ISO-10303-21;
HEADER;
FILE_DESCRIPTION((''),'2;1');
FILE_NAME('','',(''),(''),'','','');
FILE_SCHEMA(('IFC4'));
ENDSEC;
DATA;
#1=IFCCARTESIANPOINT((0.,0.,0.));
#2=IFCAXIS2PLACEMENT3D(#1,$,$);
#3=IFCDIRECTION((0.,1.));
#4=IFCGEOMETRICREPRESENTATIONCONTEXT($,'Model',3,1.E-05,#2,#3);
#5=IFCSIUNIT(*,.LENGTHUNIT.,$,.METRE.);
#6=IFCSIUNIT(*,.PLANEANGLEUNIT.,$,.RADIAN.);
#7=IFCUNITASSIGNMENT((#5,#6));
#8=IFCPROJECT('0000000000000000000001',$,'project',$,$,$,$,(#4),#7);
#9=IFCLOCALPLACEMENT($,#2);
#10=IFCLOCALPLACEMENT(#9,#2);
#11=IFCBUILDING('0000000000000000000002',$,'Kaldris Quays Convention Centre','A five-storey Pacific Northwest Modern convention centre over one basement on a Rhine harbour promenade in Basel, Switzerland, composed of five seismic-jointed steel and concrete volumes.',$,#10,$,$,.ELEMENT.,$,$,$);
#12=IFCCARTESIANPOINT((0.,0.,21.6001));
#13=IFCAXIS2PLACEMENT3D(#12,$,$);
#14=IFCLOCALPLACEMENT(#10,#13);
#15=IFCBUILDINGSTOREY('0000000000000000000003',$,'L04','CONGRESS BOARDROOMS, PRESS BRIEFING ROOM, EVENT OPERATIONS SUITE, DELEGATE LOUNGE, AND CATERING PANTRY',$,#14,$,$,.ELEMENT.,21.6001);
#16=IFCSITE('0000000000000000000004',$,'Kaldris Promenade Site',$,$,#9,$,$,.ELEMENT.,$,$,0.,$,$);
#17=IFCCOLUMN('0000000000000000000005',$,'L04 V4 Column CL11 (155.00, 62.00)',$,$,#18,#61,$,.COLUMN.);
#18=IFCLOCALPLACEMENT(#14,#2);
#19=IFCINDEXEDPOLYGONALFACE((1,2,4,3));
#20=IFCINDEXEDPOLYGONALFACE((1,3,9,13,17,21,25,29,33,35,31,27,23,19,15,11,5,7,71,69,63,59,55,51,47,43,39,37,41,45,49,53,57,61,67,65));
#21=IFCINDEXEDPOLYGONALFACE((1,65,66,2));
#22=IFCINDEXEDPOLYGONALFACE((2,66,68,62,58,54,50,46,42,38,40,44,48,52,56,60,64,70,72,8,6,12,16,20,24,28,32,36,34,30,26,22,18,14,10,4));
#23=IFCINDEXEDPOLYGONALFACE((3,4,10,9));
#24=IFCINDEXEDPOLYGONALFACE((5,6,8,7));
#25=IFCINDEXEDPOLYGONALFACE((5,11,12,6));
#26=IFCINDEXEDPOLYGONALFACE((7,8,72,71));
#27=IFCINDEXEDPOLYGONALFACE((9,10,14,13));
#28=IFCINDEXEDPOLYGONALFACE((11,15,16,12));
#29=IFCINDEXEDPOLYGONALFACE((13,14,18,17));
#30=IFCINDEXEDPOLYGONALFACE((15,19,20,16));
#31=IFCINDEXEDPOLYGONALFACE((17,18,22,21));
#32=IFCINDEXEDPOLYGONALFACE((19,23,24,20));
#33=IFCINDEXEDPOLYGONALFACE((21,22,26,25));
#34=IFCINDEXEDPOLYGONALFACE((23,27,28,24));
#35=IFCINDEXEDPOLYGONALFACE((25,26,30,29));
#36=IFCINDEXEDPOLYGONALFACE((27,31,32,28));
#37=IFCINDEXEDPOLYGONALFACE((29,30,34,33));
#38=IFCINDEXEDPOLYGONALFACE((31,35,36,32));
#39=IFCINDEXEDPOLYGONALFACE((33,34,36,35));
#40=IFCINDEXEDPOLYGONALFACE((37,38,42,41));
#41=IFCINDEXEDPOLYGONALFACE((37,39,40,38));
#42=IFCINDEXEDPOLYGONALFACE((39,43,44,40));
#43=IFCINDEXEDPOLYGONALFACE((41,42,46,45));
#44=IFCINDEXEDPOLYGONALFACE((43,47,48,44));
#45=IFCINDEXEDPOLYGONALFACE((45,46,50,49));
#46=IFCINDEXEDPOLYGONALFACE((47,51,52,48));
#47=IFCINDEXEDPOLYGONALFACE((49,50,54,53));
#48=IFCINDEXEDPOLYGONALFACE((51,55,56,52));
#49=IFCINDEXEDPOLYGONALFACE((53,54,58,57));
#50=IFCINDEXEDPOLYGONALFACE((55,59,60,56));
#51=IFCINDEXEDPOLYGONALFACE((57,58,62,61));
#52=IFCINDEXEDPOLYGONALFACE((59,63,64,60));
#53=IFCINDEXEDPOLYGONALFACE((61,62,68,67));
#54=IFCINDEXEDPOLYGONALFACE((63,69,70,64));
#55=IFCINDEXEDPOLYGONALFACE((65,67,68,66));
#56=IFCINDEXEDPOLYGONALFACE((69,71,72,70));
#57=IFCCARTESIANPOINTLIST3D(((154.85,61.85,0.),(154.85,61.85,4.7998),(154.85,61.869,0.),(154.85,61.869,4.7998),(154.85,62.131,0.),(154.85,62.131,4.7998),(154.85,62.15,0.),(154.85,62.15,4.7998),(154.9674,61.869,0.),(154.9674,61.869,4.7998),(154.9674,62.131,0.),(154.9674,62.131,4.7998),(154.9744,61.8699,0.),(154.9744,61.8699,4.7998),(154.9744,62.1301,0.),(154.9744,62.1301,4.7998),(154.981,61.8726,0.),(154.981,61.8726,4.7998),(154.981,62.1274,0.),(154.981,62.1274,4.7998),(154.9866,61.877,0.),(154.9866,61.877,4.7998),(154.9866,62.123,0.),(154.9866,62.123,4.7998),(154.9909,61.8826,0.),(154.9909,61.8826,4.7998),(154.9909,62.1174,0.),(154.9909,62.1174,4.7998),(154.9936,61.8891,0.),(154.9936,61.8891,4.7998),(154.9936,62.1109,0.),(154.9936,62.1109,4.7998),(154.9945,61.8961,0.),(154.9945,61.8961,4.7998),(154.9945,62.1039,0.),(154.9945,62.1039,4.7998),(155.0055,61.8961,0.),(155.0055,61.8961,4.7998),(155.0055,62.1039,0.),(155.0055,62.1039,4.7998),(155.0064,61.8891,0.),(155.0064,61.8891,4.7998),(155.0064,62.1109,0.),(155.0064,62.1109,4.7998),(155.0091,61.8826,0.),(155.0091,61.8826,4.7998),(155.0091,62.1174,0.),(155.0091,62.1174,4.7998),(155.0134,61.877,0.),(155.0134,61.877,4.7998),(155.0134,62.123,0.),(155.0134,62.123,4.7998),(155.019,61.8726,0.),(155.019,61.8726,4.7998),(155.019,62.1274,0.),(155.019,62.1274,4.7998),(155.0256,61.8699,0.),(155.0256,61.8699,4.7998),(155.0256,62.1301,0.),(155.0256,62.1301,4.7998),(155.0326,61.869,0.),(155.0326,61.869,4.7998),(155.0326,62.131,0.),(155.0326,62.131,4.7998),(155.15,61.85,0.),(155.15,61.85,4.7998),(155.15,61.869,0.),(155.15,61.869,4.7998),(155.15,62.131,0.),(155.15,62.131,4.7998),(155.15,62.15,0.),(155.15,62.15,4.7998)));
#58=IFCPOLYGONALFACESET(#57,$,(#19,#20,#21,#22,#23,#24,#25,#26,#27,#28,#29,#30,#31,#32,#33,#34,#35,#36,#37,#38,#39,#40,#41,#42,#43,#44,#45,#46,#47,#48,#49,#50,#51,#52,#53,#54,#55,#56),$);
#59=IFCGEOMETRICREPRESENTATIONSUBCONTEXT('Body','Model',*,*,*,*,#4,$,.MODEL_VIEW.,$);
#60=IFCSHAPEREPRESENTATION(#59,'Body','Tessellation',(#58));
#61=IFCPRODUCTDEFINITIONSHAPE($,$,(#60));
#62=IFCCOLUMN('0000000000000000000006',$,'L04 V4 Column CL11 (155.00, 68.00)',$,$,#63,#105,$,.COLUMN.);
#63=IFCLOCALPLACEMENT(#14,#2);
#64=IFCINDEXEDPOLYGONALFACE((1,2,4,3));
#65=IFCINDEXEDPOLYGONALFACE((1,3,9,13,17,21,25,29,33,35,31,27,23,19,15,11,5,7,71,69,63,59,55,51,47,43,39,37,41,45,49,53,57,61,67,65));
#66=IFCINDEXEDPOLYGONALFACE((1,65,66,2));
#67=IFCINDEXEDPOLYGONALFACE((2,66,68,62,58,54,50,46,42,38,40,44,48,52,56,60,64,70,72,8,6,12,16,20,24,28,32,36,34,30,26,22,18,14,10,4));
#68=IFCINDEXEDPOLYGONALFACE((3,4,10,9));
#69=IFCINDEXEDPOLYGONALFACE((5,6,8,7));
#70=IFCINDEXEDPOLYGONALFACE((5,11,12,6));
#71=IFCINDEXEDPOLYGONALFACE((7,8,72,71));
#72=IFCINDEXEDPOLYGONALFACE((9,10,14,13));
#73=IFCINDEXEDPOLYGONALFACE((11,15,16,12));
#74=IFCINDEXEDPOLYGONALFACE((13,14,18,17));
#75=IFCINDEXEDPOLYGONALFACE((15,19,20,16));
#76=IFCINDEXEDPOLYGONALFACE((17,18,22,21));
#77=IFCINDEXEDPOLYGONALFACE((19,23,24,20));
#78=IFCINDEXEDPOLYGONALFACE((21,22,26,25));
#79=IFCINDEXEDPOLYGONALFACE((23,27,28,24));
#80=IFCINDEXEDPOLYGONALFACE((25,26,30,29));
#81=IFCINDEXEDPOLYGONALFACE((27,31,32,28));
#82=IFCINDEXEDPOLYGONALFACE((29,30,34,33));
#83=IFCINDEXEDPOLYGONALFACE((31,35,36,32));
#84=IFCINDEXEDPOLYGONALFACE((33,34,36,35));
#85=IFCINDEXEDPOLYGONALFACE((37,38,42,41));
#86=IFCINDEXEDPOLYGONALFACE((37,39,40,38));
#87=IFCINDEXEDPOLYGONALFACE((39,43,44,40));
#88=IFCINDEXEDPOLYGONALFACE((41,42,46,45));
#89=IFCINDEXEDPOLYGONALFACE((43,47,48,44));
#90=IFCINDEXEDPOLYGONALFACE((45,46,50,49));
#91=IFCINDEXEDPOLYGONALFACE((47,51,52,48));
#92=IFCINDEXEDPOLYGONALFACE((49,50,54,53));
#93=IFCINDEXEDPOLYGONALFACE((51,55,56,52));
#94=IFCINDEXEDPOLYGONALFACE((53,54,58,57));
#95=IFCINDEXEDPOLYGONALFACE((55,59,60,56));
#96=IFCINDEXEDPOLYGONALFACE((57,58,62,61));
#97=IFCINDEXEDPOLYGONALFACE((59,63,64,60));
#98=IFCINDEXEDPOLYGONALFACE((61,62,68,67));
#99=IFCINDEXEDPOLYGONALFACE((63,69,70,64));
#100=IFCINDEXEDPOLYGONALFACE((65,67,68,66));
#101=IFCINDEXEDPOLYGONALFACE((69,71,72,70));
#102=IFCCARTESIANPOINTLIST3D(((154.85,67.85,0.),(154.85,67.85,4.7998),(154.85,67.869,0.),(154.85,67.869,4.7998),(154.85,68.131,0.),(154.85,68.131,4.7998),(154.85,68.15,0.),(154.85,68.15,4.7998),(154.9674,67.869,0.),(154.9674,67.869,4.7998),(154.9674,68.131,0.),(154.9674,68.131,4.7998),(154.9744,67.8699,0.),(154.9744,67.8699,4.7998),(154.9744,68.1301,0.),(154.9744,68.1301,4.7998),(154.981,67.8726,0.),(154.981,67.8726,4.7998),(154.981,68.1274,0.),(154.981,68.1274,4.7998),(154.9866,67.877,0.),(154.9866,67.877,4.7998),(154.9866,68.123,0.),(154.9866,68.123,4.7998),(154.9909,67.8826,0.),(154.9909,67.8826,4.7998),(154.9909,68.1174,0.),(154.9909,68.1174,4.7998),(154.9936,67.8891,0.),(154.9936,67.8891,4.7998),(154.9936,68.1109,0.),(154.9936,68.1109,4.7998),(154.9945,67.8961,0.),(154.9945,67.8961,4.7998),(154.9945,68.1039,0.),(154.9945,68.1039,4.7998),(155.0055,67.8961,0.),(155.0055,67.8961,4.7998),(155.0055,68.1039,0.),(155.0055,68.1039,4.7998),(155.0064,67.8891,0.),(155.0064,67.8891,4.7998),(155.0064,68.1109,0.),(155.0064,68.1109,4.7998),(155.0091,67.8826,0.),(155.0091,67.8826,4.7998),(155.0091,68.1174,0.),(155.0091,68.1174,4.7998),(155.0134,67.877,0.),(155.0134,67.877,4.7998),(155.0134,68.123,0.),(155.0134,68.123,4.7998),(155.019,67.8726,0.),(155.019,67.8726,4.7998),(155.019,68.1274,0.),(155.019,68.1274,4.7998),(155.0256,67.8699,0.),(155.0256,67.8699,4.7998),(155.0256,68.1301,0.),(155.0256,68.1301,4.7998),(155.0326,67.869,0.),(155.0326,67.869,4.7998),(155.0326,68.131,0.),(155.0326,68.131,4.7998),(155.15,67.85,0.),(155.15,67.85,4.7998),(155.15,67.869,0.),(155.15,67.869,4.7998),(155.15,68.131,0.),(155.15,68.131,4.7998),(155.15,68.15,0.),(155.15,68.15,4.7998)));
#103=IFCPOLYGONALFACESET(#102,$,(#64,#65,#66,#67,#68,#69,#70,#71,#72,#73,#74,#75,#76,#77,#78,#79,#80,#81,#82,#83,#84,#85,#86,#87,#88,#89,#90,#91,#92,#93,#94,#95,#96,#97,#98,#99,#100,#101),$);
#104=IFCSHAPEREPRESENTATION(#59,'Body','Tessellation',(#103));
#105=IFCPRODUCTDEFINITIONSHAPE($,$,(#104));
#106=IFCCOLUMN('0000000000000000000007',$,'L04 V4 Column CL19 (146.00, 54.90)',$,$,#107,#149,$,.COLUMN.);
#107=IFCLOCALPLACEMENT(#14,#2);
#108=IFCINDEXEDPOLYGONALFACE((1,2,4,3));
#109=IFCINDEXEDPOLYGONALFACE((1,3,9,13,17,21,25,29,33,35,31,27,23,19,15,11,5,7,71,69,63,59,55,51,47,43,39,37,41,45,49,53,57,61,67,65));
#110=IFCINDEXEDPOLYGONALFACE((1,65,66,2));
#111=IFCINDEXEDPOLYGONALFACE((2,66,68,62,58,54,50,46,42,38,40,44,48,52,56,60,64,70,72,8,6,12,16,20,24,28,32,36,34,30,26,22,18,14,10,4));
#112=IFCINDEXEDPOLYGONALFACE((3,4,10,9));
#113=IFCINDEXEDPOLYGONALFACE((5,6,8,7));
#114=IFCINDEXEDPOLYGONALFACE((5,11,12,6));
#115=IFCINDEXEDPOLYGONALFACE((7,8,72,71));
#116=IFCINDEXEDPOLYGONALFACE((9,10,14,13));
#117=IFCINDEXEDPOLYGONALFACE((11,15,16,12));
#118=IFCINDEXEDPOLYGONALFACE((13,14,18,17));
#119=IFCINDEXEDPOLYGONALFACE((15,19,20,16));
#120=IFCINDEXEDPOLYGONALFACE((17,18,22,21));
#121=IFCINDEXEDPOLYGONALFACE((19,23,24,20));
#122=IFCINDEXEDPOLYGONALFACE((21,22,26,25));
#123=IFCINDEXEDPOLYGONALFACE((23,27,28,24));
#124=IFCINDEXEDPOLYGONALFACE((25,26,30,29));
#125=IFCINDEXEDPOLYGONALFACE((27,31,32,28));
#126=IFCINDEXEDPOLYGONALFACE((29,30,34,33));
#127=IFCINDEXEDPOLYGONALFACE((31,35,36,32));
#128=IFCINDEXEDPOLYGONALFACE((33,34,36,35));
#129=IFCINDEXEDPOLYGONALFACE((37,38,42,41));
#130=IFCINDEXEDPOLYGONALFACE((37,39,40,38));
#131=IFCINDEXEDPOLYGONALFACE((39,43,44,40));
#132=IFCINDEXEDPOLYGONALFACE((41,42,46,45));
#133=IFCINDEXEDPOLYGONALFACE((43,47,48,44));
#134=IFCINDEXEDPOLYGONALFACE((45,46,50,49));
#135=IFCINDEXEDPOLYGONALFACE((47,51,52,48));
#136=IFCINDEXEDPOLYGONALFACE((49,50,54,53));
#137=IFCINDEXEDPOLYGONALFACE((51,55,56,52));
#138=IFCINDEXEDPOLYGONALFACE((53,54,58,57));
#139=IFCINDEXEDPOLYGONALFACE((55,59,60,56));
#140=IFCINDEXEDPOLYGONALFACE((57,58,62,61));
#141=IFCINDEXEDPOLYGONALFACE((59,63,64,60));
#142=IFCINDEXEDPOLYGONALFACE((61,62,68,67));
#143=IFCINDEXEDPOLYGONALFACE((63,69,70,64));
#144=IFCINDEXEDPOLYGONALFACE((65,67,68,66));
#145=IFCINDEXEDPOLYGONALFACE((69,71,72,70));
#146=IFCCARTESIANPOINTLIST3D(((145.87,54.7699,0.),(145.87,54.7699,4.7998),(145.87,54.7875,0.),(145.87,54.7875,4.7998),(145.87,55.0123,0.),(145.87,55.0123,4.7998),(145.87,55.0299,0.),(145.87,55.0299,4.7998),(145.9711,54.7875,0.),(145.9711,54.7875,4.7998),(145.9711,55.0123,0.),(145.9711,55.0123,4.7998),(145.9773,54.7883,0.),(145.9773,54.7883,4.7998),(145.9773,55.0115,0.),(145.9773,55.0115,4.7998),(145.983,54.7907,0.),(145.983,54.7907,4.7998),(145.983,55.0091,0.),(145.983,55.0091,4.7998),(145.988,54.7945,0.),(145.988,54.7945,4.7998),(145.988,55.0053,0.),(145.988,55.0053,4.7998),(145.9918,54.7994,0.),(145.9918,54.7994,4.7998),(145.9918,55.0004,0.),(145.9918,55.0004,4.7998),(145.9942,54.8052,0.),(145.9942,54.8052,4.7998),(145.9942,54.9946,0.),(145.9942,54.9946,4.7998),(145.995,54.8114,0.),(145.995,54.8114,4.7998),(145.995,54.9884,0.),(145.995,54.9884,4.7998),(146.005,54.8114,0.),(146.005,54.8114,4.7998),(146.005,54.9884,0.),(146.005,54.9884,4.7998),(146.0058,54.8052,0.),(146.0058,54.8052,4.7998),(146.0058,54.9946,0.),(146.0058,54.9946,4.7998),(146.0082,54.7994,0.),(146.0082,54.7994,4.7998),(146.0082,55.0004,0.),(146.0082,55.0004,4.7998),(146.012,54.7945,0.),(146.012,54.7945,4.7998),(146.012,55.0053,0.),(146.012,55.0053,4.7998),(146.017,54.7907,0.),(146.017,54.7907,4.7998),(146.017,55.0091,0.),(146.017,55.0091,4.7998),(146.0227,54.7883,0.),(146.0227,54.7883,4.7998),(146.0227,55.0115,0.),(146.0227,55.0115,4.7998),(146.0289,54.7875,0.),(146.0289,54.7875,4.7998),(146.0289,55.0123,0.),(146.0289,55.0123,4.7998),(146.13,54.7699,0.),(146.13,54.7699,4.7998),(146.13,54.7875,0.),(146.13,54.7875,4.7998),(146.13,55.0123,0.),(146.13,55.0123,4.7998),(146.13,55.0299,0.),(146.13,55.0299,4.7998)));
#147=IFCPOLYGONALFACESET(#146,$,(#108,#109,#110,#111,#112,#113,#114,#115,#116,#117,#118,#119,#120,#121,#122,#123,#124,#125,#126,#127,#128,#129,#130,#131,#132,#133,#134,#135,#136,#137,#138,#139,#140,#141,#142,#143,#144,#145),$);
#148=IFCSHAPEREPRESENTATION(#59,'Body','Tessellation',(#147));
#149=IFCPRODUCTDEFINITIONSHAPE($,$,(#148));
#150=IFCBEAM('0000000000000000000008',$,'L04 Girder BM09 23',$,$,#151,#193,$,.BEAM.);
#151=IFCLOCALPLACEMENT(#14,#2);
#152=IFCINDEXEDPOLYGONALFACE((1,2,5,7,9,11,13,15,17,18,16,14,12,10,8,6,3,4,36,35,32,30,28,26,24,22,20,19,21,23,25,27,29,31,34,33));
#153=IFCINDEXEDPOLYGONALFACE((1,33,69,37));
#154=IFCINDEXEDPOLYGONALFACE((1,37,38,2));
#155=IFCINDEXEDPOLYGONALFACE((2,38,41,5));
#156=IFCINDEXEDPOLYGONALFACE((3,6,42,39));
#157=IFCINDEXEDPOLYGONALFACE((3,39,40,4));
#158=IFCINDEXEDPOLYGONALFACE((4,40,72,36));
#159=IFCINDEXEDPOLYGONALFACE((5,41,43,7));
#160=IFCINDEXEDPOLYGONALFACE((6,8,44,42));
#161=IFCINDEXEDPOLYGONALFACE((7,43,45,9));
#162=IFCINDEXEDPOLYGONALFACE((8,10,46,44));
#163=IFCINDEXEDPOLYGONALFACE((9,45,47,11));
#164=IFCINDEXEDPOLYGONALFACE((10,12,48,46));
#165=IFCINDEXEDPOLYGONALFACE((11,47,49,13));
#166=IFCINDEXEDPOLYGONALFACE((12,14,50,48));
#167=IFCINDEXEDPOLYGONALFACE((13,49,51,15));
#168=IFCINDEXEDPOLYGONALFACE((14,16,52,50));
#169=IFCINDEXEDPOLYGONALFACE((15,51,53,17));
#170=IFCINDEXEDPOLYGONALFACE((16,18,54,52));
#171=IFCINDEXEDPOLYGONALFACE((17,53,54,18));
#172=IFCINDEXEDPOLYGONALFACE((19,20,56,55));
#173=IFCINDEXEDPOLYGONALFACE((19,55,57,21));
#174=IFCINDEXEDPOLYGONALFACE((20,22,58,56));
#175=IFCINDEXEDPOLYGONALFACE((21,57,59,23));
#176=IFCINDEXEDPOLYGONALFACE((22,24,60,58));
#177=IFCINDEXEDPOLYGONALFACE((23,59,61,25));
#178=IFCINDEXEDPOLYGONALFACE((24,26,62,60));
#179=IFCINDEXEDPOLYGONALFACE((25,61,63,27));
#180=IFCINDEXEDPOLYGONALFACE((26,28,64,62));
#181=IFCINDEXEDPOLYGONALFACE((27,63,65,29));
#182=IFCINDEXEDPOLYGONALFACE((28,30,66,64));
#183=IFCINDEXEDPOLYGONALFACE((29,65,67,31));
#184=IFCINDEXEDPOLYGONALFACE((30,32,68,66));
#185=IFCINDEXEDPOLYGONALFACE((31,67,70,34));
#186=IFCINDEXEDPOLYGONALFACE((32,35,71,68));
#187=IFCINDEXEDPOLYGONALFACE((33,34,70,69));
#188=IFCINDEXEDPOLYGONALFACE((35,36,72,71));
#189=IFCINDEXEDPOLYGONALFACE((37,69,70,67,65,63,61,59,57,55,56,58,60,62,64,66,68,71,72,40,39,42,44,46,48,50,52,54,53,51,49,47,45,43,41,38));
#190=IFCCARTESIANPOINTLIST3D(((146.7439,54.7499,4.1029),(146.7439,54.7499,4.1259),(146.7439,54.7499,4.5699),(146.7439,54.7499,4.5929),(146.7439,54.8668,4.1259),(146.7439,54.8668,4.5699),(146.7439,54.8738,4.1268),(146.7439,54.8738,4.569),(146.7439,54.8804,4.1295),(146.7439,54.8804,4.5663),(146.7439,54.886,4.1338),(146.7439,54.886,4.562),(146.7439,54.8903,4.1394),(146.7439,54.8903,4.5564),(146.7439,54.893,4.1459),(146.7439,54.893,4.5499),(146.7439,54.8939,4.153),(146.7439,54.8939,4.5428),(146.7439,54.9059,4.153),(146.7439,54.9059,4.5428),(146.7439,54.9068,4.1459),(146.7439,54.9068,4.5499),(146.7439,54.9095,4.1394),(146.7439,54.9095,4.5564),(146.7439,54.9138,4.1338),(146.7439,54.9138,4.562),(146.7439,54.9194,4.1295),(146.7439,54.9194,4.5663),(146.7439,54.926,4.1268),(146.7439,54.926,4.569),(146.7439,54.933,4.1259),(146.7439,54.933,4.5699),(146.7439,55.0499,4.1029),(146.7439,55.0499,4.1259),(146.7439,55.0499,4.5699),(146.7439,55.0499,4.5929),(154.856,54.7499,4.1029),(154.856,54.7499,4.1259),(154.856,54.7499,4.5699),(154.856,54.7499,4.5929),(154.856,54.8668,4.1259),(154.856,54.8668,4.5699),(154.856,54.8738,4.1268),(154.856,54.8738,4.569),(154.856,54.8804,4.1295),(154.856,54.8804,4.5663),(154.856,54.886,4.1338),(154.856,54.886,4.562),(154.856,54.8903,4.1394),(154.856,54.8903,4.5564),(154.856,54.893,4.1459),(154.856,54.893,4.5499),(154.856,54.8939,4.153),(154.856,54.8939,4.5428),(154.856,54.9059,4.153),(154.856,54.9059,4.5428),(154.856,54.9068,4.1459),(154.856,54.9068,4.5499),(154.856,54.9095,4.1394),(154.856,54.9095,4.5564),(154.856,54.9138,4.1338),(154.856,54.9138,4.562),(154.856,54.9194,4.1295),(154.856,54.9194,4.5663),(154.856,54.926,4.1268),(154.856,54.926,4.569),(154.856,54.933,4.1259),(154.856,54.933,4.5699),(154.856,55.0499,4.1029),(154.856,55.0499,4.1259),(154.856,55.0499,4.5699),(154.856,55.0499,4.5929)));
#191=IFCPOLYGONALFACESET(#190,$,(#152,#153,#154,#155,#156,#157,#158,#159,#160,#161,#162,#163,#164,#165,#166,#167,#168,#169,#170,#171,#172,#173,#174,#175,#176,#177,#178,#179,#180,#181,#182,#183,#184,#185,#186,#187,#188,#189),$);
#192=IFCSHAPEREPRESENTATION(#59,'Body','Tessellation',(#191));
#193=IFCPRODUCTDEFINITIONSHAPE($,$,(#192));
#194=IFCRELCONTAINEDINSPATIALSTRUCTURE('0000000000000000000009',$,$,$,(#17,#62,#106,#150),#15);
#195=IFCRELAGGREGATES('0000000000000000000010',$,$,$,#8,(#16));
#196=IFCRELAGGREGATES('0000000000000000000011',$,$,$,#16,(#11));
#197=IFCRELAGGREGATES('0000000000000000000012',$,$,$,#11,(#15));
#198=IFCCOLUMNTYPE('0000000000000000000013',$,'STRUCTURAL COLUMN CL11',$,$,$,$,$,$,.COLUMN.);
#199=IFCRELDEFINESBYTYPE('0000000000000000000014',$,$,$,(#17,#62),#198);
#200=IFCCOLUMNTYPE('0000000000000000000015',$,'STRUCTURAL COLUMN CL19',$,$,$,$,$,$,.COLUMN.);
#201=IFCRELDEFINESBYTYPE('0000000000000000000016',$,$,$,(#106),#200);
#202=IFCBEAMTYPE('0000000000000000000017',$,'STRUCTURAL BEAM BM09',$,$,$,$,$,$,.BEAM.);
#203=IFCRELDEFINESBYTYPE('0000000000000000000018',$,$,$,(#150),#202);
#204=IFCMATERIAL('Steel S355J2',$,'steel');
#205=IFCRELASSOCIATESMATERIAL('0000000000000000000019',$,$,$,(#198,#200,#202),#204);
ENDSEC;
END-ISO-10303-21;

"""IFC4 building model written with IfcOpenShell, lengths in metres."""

from ifc_helpers import new_model, si_unit, direction, frame, origin, origin_2d, place, context, subcontext, project, spatial, i_section, extrude, material, material_profile, profile_set, type_object, element, save


model = new_model("IFC4")

# Units and contexts
model_context = context("Model", 3, precision=1e-05, world=origin(), true_north=direction((0.0, 1.0)))
body_context = subcontext(model_context, "Body", "Model", "MODEL_VIEW")
ifc_project = project(units=[si_unit("LENGTHUNIT", "METRE"), si_unit("PLANEANGLEUNIT", "RADIAN")], contexts=[model_context])

# Site, building, storey
site_placement = place(None, origin())
site = spatial("IfcSite", under=ifc_project, at=site_placement, Name="Kaldris Promenade Site", CompositionType="ELEMENT", RefElevation=0.0)
building_placement = place(site_placement, origin())
building = spatial("IfcBuilding", under=site, at=building_placement, Name="Kaldris Quays Convention Centre", Description="A five-storey Pacific Northwest Modern convention centre over one basement on a Rhine harbour promenade in Basel, Switzerland, composed of five seismic-jointed steel and concrete volumes.", CompositionType="ELEMENT")
storey_placement = place(building_placement, frame((0.0, 0.0, 21.6001)))
storey = spatial("IfcBuildingStorey", under=building, at=storey_placement, Name="L04", Description="CONGRESS BOARDROOMS, PRESS BRIEFING ROOM, EVENT OPERATIONS SUITE, DELEGATE LOUNGE, AND CATERING PANTRY", CompositionType="ELEMENT", Elevation=21.6001)

# Columns
ifc_material_1 = material(Name="Steel S355J2", Category="steel")
ifc_material_profile_1 = material_profile(ifc_material_1, i_section(OverallWidth=0.3, OverallDepth=0.3, WebThickness=0.011, FlangeThickness=0.019, FilletRadius=0.0271, at=origin_2d()), Name="HEB 300")
ifc_profile_set_1 = profile_set([ifc_material_profile_1], Name="Steel S355J2")
column_type_1 = type_object("IfcColumnType", Name="STRUCTURAL COLUMN CL11", PredefinedType="COLUMN", material=ifc_profile_set_1)
for number, where, z_axis, x_axis, name in (
    (1, (155.0, 62.0, 0.0), (0.0, 0.0, 1.0), (1.0, 0.0, 0.0), "L04 V4 Column CL11 (155.00, 62.00)"),
    (2, (155.0, 68.0, 0.0), (0.0, 0.0, 1.0), (1.0, 0.0, 0.0), "L04 V4 Column CL11 (155.00, 68.00)"),
):
    element("IfcColumn", number, at=place(storey_placement, frame(where, z_axis=z_axis, x_axis=x_axis)), inside=storey, type_object=column_type_1, Name=name, PredefinedType="COLUMN", context=body_context, shape_type="SweptSolid", body=[
        extrude(i_section(OverallWidth=0.3, OverallDepth=0.3, WebThickness=0.011, FlangeThickness=0.019, FilletRadius=0.0271, at=origin_2d()), origin(), (0.0, 0.0, 1.0), 4.7998),
    ])
ifc_material_profile_2 = material_profile(ifc_material_1, i_section(OverallWidth=0.26, OverallDepth=0.26, WebThickness=0.01, FlangeThickness=0.0176, FilletRadius=0.0239, at=origin_2d()), Name="HEB 260")
ifc_profile_set_2 = profile_set([ifc_material_profile_2], Name="Steel S355J2")
column_type_2 = type_object("IfcColumnType", Name="STRUCTURAL COLUMN CL19", PredefinedType="COLUMN", material=ifc_profile_set_2)
column_placement = place(storey_placement, frame((146.0, 54.8999, 0.0), z_axis=(0.0, 0.0, 1.0), x_axis=(1.0, 0.0, 0.0)))
element("IfcColumn", 3, at=column_placement, inside=storey, type_object=column_type_2, Name="L04 V4 Column CL19 (146.00, 54.90)", PredefinedType="COLUMN", context=body_context, shape_type="SweptSolid", body=[
    extrude(i_section(OverallWidth=0.26, OverallDepth=0.26, WebThickness=0.01, FlangeThickness=0.0176, FilletRadius=0.0239, at=origin_2d()), origin(), (0.0, 0.0, 1.0), 4.7998),
])

# Beam
ifc_material_profile_3 = material_profile(ifc_material_1, i_section(OverallWidth=0.3, OverallDepth=0.49, WebThickness=0.012, FlangeThickness=0.0229, FilletRadius=0.0271, at=origin_2d()), Name="HEA 500")
ifc_profile_set_3 = profile_set([ifc_material_profile_3], Name="Steel S355J2")
beam_type_1 = type_object("IfcBeamType", Name="STRUCTURAL BEAM BM09", PredefinedType="BEAM", material=ifc_profile_set_3)
beam_1_placement = place(storey_placement, frame((146.7439, 54.8999, 4.3479), z_axis=(1.0, 0.0, 0.0), x_axis=(0.0, 1.0, 0.0)))
element("IfcBeam", 4, at=beam_1_placement, inside=storey, type_object=beam_type_1, Name="L04 Girder BM09 23", PredefinedType="BEAM", context=body_context, shape_type="SweptSolid", body=[
    extrude(i_section(OverallWidth=0.3, OverallDepth=0.49, WebThickness=0.012, FlangeThickness=0.0229, FilletRadius=0.0271, at=origin_2d()), origin(), (0.0, 0.0, 1.0), 8.1121),
])

save(model, "model.ifc")
